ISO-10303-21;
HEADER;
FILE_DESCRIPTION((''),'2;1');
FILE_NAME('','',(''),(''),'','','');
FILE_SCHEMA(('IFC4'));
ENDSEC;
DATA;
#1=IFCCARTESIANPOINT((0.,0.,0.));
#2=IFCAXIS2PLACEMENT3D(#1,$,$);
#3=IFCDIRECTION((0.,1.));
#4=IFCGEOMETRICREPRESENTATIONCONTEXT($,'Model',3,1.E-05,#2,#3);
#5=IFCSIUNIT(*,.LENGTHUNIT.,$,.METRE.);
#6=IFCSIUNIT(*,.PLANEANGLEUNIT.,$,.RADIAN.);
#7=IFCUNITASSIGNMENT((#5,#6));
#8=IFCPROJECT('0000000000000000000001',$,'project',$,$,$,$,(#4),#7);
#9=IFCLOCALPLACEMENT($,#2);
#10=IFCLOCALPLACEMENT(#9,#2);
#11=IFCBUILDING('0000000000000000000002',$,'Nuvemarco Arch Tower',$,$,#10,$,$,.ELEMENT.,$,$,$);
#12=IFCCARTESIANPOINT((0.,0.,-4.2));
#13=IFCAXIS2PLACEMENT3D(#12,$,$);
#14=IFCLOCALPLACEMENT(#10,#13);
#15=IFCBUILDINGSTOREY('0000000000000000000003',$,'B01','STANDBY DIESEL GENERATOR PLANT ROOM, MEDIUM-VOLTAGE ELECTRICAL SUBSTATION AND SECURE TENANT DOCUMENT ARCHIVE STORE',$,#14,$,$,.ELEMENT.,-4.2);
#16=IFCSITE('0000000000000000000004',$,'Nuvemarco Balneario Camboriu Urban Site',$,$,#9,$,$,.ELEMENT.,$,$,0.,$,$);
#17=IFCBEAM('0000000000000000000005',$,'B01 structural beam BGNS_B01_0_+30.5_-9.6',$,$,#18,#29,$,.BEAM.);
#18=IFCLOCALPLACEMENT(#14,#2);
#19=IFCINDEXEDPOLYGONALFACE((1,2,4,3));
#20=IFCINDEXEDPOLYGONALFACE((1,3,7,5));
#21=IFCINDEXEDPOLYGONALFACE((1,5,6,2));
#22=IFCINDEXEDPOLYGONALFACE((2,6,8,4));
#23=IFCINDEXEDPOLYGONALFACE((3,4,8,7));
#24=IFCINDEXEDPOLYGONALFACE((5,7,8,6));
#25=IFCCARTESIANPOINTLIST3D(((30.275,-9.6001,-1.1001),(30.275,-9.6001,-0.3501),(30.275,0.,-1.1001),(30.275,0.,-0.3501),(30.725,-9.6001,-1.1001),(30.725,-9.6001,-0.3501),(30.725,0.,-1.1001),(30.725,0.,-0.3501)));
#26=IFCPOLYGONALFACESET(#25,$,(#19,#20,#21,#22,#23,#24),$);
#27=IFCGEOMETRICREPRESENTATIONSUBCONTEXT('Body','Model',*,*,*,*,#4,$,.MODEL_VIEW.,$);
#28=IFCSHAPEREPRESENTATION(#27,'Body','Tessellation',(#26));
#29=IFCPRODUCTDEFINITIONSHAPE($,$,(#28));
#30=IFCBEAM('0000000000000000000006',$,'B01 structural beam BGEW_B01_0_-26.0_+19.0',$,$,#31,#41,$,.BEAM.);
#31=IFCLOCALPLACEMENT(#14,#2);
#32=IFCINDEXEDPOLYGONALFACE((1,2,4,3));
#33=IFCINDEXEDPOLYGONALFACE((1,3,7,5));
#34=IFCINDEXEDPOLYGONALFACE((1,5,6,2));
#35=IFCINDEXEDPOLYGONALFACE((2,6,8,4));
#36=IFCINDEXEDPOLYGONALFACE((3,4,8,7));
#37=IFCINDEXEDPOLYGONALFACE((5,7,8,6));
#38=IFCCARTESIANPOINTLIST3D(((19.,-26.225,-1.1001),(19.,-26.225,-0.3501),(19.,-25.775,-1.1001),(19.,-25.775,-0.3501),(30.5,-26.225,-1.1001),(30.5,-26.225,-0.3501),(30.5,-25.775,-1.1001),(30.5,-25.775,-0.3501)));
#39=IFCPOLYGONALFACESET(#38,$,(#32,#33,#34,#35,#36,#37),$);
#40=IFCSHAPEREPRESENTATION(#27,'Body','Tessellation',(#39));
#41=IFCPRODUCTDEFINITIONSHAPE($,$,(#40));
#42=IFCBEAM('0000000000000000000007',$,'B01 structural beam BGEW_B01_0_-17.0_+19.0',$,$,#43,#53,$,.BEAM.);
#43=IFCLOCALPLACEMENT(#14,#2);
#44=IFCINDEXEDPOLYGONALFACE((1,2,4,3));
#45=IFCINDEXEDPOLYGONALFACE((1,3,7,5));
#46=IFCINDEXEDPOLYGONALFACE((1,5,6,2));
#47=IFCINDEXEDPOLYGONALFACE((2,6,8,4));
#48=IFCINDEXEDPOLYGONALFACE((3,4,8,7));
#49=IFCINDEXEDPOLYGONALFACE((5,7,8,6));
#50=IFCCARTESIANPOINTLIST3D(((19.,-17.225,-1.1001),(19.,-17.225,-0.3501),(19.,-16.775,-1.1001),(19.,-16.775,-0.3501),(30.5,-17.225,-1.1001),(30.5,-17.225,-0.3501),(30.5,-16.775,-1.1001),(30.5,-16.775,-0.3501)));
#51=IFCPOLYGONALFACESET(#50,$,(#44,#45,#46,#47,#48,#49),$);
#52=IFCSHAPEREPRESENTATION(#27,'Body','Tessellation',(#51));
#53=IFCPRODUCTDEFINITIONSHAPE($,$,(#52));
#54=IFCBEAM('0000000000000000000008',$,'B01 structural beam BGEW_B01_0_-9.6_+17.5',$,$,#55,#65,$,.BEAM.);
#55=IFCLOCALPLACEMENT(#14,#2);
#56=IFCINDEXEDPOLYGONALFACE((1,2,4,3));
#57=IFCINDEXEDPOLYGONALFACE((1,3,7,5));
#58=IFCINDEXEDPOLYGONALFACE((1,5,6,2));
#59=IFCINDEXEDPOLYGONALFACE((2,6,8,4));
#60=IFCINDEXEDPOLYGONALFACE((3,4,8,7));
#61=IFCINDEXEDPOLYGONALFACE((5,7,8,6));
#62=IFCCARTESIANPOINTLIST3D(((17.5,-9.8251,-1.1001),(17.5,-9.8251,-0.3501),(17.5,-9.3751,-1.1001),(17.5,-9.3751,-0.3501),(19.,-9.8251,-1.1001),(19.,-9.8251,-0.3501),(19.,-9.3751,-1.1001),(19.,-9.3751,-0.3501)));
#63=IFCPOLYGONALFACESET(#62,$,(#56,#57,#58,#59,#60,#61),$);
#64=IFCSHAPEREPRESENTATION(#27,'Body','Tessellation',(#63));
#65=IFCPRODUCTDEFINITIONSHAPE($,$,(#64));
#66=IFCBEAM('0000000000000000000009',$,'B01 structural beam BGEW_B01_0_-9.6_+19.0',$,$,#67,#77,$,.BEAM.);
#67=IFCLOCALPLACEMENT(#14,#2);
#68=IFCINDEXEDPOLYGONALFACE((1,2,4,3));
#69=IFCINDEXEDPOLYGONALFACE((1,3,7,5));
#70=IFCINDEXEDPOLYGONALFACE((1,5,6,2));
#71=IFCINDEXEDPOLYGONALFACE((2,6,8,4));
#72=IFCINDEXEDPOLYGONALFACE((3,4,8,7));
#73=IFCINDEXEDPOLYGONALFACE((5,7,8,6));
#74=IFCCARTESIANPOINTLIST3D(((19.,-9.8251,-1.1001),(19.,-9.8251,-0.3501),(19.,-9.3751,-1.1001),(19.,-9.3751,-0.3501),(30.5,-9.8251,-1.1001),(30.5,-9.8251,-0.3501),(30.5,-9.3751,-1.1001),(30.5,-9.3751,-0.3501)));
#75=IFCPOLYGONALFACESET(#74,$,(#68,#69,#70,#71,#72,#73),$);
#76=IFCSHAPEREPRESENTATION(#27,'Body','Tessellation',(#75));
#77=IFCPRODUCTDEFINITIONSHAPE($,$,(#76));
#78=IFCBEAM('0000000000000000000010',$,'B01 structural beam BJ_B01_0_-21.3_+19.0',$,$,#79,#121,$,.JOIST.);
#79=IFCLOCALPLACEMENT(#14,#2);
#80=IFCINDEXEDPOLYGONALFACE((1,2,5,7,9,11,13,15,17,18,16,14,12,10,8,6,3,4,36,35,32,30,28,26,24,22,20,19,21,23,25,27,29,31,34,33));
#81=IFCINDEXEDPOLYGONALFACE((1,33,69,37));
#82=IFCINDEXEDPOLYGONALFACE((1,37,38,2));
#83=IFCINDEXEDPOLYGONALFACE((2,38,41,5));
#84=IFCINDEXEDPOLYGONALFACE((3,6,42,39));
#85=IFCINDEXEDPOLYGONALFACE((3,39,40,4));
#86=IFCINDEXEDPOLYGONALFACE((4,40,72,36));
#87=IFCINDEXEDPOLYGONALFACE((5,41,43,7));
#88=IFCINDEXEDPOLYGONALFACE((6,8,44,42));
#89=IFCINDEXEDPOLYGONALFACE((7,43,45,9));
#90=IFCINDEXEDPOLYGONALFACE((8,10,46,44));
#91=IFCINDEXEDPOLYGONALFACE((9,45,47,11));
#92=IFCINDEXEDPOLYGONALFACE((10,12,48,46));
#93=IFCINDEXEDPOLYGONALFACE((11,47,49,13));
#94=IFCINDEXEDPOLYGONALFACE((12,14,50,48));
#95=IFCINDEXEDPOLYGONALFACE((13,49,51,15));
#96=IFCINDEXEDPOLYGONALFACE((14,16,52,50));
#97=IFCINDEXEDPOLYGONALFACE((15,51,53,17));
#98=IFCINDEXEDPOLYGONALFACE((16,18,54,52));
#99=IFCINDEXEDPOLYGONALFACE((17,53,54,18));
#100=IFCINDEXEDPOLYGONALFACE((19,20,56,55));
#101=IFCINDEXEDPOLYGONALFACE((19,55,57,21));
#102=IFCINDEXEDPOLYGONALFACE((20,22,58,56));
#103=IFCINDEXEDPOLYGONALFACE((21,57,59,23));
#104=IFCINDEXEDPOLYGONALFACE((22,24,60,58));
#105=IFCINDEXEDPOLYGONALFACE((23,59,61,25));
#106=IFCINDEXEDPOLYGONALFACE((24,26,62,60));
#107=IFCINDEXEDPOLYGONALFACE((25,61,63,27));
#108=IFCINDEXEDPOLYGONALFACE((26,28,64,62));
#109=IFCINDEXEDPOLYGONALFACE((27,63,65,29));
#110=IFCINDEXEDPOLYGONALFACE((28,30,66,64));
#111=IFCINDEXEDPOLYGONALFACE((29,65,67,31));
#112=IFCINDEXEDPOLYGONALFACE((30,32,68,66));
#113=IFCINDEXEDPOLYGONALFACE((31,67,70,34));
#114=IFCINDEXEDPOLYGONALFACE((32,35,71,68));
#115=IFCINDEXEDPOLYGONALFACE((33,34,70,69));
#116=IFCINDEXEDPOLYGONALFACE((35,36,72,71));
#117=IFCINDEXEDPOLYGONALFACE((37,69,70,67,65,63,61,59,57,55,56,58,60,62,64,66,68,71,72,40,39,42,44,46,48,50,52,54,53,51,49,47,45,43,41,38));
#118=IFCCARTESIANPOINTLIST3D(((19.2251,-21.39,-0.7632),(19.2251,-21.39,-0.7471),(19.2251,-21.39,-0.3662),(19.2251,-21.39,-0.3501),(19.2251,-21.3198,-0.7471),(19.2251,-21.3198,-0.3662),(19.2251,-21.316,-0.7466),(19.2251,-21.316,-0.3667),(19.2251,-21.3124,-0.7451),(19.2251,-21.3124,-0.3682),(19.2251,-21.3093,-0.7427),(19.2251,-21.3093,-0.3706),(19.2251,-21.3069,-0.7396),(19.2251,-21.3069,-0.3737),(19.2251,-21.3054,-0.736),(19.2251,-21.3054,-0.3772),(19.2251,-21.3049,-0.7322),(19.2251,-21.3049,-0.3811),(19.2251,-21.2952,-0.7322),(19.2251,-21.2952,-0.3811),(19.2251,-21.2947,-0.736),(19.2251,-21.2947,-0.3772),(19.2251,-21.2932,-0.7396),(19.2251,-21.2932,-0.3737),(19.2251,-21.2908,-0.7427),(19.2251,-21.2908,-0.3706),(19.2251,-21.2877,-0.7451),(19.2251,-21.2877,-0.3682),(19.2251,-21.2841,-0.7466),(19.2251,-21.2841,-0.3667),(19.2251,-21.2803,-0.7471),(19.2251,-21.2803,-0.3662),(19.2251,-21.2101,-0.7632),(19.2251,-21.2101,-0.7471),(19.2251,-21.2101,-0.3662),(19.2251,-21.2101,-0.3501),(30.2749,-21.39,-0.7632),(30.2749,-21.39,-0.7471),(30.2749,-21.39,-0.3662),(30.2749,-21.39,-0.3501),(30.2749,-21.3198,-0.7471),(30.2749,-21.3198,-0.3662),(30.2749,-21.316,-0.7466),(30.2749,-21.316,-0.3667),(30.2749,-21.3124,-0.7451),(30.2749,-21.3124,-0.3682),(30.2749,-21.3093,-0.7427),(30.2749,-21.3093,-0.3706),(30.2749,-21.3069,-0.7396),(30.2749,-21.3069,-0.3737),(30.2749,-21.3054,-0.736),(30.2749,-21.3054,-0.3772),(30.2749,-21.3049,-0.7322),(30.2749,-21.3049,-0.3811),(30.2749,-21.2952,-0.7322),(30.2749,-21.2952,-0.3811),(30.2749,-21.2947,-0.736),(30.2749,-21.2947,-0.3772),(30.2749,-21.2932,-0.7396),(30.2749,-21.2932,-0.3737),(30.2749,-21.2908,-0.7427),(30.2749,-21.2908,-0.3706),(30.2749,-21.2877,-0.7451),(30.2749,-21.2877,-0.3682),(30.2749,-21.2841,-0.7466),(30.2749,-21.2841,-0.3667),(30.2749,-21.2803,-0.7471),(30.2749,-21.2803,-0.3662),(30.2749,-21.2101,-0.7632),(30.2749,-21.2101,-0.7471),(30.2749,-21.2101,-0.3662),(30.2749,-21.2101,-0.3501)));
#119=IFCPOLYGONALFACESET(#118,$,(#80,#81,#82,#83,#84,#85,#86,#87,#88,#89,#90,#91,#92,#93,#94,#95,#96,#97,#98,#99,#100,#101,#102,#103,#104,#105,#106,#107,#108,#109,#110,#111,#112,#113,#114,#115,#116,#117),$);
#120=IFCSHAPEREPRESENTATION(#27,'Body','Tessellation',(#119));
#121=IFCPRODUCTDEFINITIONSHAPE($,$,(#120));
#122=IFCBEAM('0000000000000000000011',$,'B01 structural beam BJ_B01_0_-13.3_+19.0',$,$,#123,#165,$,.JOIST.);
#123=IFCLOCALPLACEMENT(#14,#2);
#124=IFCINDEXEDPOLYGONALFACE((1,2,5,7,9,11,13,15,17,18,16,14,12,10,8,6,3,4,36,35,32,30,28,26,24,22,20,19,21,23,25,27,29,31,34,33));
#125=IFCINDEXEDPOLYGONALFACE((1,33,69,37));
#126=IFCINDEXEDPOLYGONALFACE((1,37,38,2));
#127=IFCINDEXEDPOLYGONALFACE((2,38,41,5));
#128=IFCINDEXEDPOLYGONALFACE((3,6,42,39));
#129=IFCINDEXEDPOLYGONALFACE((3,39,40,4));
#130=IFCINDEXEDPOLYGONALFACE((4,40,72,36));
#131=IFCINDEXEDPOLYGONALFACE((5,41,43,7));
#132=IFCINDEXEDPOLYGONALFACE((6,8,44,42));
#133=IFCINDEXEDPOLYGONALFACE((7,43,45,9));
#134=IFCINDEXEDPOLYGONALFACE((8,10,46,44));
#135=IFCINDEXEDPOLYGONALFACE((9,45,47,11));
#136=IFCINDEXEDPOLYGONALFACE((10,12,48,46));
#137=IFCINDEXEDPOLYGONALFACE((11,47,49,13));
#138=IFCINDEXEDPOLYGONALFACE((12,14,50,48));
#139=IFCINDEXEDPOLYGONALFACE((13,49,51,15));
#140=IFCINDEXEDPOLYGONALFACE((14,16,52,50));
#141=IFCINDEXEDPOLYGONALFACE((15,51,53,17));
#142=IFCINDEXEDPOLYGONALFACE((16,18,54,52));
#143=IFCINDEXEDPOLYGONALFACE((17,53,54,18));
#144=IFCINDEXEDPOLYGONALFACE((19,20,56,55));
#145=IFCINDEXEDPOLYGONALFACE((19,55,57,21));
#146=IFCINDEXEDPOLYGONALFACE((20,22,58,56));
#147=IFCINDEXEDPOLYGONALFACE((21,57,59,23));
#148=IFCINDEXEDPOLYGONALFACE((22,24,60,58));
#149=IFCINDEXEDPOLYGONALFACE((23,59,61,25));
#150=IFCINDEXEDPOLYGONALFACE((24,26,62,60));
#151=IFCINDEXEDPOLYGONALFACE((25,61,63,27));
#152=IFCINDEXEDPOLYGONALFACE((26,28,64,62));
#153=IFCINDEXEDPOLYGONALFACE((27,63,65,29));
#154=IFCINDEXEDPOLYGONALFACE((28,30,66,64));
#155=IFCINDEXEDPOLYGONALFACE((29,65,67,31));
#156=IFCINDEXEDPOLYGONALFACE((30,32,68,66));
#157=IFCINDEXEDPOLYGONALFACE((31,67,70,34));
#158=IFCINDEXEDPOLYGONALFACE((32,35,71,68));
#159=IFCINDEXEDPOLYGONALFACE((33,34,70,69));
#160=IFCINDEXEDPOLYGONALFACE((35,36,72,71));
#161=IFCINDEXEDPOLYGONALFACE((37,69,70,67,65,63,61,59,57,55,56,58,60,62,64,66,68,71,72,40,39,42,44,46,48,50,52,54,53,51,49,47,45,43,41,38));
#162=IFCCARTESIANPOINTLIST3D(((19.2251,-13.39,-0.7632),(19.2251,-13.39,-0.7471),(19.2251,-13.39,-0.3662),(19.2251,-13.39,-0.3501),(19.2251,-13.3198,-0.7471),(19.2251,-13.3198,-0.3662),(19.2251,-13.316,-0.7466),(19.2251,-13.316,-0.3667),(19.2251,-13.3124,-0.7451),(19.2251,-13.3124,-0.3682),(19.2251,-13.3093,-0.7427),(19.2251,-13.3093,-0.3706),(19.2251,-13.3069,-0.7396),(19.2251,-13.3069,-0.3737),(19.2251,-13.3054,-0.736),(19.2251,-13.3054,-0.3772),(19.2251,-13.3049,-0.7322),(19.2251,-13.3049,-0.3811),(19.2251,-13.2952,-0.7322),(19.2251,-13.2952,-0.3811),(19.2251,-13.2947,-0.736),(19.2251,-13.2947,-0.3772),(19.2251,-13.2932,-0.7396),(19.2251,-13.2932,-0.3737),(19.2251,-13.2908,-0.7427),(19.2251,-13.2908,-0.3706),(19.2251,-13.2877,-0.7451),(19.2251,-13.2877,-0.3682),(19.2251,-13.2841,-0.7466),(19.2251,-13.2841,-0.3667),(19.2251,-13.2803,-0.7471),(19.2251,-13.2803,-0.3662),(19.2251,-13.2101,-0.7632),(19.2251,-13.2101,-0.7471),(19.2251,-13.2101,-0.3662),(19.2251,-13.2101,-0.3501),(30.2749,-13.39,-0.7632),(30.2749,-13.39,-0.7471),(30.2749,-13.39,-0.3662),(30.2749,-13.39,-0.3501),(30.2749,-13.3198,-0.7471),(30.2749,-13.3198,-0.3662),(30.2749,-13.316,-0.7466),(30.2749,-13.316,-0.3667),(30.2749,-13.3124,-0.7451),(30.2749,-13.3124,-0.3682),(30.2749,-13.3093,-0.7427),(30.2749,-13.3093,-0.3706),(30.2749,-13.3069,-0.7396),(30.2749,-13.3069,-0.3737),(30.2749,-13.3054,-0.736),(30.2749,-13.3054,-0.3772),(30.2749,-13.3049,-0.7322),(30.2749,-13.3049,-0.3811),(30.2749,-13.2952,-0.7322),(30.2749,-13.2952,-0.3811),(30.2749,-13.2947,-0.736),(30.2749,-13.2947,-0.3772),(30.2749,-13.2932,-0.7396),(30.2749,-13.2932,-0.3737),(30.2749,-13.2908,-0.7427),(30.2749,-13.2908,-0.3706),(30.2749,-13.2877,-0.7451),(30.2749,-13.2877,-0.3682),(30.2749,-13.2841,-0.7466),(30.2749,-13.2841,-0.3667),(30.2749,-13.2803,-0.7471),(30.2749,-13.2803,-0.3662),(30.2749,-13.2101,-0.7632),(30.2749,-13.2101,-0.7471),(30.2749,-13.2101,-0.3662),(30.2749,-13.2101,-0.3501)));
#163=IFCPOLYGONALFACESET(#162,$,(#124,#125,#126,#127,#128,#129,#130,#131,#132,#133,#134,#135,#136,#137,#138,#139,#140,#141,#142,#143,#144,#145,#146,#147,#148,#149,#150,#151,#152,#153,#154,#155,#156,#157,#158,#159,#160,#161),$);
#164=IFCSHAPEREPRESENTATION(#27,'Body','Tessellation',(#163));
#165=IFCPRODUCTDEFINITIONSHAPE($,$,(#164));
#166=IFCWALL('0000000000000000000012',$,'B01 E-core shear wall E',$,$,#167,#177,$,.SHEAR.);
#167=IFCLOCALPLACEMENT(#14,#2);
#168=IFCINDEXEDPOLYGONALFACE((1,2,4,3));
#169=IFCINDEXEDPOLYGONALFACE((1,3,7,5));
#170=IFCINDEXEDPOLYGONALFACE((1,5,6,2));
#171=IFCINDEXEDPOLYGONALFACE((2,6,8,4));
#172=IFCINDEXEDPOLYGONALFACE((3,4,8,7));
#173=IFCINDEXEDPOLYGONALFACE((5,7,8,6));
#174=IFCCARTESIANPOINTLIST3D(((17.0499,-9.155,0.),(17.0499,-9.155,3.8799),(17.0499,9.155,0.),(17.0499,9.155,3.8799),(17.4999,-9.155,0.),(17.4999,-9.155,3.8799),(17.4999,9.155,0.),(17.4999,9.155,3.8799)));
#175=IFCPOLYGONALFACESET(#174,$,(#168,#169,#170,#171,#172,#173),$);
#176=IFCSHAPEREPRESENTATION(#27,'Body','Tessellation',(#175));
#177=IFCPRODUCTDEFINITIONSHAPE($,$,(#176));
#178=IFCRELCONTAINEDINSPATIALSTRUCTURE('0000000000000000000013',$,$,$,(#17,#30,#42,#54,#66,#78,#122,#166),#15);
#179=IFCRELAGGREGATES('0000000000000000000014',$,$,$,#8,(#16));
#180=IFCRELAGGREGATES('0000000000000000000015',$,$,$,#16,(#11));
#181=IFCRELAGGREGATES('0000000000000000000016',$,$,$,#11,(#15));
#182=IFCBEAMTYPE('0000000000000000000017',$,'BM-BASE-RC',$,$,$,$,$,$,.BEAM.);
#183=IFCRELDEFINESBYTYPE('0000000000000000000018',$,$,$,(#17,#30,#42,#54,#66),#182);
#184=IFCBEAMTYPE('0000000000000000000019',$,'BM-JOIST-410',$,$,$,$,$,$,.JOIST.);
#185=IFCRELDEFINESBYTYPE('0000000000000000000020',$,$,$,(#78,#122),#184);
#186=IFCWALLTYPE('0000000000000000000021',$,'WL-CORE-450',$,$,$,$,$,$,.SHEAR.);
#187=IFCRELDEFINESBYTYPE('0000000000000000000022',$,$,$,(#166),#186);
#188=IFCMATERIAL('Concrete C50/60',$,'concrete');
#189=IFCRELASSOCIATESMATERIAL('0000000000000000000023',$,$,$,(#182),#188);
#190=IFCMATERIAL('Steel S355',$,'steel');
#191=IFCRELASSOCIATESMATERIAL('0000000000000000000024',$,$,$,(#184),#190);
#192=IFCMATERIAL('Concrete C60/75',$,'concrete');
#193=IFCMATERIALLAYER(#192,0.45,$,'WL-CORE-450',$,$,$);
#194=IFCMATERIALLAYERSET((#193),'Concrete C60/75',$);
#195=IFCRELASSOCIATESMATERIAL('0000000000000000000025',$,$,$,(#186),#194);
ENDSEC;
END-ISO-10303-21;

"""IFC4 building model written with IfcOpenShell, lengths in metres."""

from ifc_helpers import new_model, si_unit, direction, frame, frame_2d, origin, origin_2d, place, context, subcontext, project, spatial, rectangle, i_section, extrude, material, layer, layer_set, material_profile, profile_set, type_object, element, save


model = new_model("IFC4")

# Units and contexts
model_context = context("Model", 3, precision=1e-05, world=origin(), true_north=direction((0.0, 1.0)))
body_context = subcontext(model_context, "Body", "Model", "MODEL_VIEW")
ifc_project = project(units=[si_unit("LENGTHUNIT", "METRE"), si_unit("PLANEANGLEUNIT", "RADIAN")], contexts=[model_context])

# Site, building, storey
site_placement = place(None, origin())
site = spatial("IfcSite", under=ifc_project, at=site_placement, Name="Nuvemarco Balneario Camboriu Urban Site", CompositionType="ELEMENT", RefElevation=0.0)
building_placement = place(site_placement, origin())
building = spatial("IfcBuilding", under=site, at=building_placement, Name="Nuvemarco Arch Tower", CompositionType="ELEMENT")
storey_placement = place(building_placement, frame((0.0, 0.0, -4.2)))
storey = spatial("IfcBuildingStorey", under=building, at=storey_placement, Name="B01", Description="STANDBY DIESEL GENERATOR PLANT ROOM, MEDIUM-VOLTAGE ELECTRICAL SUBSTATION AND SECURE TENANT DOCUMENT ARCHIVE STORE", CompositionType="ELEMENT", Elevation=-4.2)

# Shared definitions
ifc_material_1 = material(Name="Concrete C60/75", Category="concrete")

# Beams
ifc_material_2 = material(Name="Concrete C50/60", Category="concrete")
ifc_material_profile_1 = material_profile(ifc_material_2, rectangle(XDim=0.45, YDim=0.75, at=origin_2d()), Name="RC-BM-450x750")
ifc_profile_set_1 = profile_set([ifc_material_profile_1], Name="Concrete C50/60")
beam_type_1 = type_object("IfcBeamType", Name="BM-BASE-RC", PredefinedType="BEAM", material=ifc_profile_set_1)
beam_1_placement = place(storey_placement, frame((30.5, -9.6001, -0.7251), z_axis=(0.0, 1.0, 0.0), x_axis=(-1.0, 0.0, 0.0)))
element("IfcBeam", 1, at=beam_1_placement, inside=storey, type_object=beam_type_1, Name="B01 structural beam BGNS_B01_0_+30.5_-9.6", PredefinedType="BEAM", context=body_context, shape_type="SweptSolid", body=[
    extrude(rectangle(XDim=0.45, YDim=0.75, at=origin_2d()), origin(), (0.0, 0.0, 1.0), 9.6001),
])
for number, where, z_axis, x_axis, name in (
    (2, (19.0, -26.0, -0.7251), (1.0, 0.0, 0.0), (0.0, 1.0, 0.0), "B01 structural beam BGEW_B01_0_-26.0_+19.0"),
    (3, (19.0, -17.0, -0.7251), (1.0, 0.0, 0.0), (0.0, 1.0, 0.0), "B01 structural beam BGEW_B01_0_-17.0_+19.0"),
):
    element("IfcBeam", number, at=place(storey_placement, frame(where, z_axis=z_axis, x_axis=x_axis)), inside=storey, type_object=beam_type_1, Name=name, PredefinedType="BEAM", context=body_context, shape_type="SweptSolid", body=[
        extrude(rectangle(XDim=0.45, YDim=0.75, at=origin_2d()), origin(), (0.0, 0.0, 1.0), 11.5),
    ])
beam_2_placement = place(storey_placement, frame((17.5, -9.6001, -0.7251), z_axis=(1.0, 0.0, 0.0), x_axis=(0.0, 1.0, 0.0)))
element("IfcBeam", 4, at=beam_2_placement, inside=storey, type_object=beam_type_1, Name="B01 structural beam BGEW_B01_0_-9.6_+17.5", PredefinedType="BEAM", context=body_context, shape_type="SweptSolid", body=[
    extrude(rectangle(XDim=0.45, YDim=0.75, at=origin_2d()), origin(), (0.0, 0.0, 1.0), 1.5),
])
beam_3_placement = place(storey_placement, frame((19.0, -9.6001, -0.7251), z_axis=(1.0, 0.0, 0.0), x_axis=(0.0, 1.0, 0.0)))
element("IfcBeam", 5, at=beam_3_placement, inside=storey, type_object=beam_type_1, Name="B01 structural beam BGEW_B01_0_-9.6_+19.0", PredefinedType="BEAM", context=body_context, shape_type="SweptSolid", body=[
    extrude(rectangle(XDim=0.45, YDim=0.75, at=origin_2d()), origin(), (0.0, 0.0, 1.0), 11.5),
])
ifc_material_3 = material(Name="Steel S355", Category="steel")
ifc_material_profile_2 = material_profile(ifc_material_3, i_section(OverallWidth=0.1799, OverallDepth=0.4131, WebThickness=0.0098, FlangeThickness=0.0161, FilletRadius=0.0149, at=origin_2d()), Name="W410x75")
ifc_profile_set_2 = profile_set([ifc_material_profile_2], Name="Steel S355")
beam_type_2 = type_object("IfcBeamType", Name="BM-JOIST-410", PredefinedType="JOIST", material=ifc_profile_set_2)
for number, where, z_axis, x_axis, name in (
    (6, (19.2251, -21.3, -0.5566), (1.0, 0.0, 0.0), (0.0, 1.0, 0.0), "B01 structural beam BJ_B01_0_-21.3_+19.0"),
    (7, (19.2251, -13.3, -0.5566), (1.0, 0.0, 0.0), (0.0, 1.0, 0.0), "B01 structural beam BJ_B01_0_-13.3_+19.0"),
):
    element("IfcBeam", number, at=place(storey_placement, frame(where, z_axis=z_axis, x_axis=x_axis)), inside=storey, type_object=beam_type_2, Name=name, PredefinedType="JOIST", context=body_context, shape_type="SweptSolid", body=[
        extrude(i_section(OverallWidth=0.1799, OverallDepth=0.4131, WebThickness=0.0098, FlangeThickness=0.0161, FilletRadius=0.0149, at=origin_2d()), origin(), (0.0, 0.0, 1.0), 11.0498),
    ])

# Wall
ifc_layer_1 = layer(ifc_material_1, 0.45, Name="WL-CORE-450")
ifc_layer_set_1 = layer_set([ifc_layer_1], Name="Concrete C60/75")
wall_type_1 = type_object("IfcWallType", Name="WL-CORE-450", PredefinedType="SHEAR", material=ifc_layer_set_1)
wall_1_placement = place(storey_placement, frame((17.2749, -9.155, 0.0), z_axis=(0.0, 0.0, 1.0), x_axis=(0.0, 1.0, 0.0)))
element("IfcWall", 8, at=wall_1_placement, inside=storey, type_object=wall_type_1, Name="B01 E-core shear wall E", PredefinedType="SHEAR", context=body_context, shape_type="SweptSolid", body=[
    extrude(rectangle(XDim=18.3101, YDim=0.45, at=frame_2d((9.155, 0.0))), origin(), (0.0, 0.0, 1.0), 3.8799),
])

save(model, "model.ifc")
